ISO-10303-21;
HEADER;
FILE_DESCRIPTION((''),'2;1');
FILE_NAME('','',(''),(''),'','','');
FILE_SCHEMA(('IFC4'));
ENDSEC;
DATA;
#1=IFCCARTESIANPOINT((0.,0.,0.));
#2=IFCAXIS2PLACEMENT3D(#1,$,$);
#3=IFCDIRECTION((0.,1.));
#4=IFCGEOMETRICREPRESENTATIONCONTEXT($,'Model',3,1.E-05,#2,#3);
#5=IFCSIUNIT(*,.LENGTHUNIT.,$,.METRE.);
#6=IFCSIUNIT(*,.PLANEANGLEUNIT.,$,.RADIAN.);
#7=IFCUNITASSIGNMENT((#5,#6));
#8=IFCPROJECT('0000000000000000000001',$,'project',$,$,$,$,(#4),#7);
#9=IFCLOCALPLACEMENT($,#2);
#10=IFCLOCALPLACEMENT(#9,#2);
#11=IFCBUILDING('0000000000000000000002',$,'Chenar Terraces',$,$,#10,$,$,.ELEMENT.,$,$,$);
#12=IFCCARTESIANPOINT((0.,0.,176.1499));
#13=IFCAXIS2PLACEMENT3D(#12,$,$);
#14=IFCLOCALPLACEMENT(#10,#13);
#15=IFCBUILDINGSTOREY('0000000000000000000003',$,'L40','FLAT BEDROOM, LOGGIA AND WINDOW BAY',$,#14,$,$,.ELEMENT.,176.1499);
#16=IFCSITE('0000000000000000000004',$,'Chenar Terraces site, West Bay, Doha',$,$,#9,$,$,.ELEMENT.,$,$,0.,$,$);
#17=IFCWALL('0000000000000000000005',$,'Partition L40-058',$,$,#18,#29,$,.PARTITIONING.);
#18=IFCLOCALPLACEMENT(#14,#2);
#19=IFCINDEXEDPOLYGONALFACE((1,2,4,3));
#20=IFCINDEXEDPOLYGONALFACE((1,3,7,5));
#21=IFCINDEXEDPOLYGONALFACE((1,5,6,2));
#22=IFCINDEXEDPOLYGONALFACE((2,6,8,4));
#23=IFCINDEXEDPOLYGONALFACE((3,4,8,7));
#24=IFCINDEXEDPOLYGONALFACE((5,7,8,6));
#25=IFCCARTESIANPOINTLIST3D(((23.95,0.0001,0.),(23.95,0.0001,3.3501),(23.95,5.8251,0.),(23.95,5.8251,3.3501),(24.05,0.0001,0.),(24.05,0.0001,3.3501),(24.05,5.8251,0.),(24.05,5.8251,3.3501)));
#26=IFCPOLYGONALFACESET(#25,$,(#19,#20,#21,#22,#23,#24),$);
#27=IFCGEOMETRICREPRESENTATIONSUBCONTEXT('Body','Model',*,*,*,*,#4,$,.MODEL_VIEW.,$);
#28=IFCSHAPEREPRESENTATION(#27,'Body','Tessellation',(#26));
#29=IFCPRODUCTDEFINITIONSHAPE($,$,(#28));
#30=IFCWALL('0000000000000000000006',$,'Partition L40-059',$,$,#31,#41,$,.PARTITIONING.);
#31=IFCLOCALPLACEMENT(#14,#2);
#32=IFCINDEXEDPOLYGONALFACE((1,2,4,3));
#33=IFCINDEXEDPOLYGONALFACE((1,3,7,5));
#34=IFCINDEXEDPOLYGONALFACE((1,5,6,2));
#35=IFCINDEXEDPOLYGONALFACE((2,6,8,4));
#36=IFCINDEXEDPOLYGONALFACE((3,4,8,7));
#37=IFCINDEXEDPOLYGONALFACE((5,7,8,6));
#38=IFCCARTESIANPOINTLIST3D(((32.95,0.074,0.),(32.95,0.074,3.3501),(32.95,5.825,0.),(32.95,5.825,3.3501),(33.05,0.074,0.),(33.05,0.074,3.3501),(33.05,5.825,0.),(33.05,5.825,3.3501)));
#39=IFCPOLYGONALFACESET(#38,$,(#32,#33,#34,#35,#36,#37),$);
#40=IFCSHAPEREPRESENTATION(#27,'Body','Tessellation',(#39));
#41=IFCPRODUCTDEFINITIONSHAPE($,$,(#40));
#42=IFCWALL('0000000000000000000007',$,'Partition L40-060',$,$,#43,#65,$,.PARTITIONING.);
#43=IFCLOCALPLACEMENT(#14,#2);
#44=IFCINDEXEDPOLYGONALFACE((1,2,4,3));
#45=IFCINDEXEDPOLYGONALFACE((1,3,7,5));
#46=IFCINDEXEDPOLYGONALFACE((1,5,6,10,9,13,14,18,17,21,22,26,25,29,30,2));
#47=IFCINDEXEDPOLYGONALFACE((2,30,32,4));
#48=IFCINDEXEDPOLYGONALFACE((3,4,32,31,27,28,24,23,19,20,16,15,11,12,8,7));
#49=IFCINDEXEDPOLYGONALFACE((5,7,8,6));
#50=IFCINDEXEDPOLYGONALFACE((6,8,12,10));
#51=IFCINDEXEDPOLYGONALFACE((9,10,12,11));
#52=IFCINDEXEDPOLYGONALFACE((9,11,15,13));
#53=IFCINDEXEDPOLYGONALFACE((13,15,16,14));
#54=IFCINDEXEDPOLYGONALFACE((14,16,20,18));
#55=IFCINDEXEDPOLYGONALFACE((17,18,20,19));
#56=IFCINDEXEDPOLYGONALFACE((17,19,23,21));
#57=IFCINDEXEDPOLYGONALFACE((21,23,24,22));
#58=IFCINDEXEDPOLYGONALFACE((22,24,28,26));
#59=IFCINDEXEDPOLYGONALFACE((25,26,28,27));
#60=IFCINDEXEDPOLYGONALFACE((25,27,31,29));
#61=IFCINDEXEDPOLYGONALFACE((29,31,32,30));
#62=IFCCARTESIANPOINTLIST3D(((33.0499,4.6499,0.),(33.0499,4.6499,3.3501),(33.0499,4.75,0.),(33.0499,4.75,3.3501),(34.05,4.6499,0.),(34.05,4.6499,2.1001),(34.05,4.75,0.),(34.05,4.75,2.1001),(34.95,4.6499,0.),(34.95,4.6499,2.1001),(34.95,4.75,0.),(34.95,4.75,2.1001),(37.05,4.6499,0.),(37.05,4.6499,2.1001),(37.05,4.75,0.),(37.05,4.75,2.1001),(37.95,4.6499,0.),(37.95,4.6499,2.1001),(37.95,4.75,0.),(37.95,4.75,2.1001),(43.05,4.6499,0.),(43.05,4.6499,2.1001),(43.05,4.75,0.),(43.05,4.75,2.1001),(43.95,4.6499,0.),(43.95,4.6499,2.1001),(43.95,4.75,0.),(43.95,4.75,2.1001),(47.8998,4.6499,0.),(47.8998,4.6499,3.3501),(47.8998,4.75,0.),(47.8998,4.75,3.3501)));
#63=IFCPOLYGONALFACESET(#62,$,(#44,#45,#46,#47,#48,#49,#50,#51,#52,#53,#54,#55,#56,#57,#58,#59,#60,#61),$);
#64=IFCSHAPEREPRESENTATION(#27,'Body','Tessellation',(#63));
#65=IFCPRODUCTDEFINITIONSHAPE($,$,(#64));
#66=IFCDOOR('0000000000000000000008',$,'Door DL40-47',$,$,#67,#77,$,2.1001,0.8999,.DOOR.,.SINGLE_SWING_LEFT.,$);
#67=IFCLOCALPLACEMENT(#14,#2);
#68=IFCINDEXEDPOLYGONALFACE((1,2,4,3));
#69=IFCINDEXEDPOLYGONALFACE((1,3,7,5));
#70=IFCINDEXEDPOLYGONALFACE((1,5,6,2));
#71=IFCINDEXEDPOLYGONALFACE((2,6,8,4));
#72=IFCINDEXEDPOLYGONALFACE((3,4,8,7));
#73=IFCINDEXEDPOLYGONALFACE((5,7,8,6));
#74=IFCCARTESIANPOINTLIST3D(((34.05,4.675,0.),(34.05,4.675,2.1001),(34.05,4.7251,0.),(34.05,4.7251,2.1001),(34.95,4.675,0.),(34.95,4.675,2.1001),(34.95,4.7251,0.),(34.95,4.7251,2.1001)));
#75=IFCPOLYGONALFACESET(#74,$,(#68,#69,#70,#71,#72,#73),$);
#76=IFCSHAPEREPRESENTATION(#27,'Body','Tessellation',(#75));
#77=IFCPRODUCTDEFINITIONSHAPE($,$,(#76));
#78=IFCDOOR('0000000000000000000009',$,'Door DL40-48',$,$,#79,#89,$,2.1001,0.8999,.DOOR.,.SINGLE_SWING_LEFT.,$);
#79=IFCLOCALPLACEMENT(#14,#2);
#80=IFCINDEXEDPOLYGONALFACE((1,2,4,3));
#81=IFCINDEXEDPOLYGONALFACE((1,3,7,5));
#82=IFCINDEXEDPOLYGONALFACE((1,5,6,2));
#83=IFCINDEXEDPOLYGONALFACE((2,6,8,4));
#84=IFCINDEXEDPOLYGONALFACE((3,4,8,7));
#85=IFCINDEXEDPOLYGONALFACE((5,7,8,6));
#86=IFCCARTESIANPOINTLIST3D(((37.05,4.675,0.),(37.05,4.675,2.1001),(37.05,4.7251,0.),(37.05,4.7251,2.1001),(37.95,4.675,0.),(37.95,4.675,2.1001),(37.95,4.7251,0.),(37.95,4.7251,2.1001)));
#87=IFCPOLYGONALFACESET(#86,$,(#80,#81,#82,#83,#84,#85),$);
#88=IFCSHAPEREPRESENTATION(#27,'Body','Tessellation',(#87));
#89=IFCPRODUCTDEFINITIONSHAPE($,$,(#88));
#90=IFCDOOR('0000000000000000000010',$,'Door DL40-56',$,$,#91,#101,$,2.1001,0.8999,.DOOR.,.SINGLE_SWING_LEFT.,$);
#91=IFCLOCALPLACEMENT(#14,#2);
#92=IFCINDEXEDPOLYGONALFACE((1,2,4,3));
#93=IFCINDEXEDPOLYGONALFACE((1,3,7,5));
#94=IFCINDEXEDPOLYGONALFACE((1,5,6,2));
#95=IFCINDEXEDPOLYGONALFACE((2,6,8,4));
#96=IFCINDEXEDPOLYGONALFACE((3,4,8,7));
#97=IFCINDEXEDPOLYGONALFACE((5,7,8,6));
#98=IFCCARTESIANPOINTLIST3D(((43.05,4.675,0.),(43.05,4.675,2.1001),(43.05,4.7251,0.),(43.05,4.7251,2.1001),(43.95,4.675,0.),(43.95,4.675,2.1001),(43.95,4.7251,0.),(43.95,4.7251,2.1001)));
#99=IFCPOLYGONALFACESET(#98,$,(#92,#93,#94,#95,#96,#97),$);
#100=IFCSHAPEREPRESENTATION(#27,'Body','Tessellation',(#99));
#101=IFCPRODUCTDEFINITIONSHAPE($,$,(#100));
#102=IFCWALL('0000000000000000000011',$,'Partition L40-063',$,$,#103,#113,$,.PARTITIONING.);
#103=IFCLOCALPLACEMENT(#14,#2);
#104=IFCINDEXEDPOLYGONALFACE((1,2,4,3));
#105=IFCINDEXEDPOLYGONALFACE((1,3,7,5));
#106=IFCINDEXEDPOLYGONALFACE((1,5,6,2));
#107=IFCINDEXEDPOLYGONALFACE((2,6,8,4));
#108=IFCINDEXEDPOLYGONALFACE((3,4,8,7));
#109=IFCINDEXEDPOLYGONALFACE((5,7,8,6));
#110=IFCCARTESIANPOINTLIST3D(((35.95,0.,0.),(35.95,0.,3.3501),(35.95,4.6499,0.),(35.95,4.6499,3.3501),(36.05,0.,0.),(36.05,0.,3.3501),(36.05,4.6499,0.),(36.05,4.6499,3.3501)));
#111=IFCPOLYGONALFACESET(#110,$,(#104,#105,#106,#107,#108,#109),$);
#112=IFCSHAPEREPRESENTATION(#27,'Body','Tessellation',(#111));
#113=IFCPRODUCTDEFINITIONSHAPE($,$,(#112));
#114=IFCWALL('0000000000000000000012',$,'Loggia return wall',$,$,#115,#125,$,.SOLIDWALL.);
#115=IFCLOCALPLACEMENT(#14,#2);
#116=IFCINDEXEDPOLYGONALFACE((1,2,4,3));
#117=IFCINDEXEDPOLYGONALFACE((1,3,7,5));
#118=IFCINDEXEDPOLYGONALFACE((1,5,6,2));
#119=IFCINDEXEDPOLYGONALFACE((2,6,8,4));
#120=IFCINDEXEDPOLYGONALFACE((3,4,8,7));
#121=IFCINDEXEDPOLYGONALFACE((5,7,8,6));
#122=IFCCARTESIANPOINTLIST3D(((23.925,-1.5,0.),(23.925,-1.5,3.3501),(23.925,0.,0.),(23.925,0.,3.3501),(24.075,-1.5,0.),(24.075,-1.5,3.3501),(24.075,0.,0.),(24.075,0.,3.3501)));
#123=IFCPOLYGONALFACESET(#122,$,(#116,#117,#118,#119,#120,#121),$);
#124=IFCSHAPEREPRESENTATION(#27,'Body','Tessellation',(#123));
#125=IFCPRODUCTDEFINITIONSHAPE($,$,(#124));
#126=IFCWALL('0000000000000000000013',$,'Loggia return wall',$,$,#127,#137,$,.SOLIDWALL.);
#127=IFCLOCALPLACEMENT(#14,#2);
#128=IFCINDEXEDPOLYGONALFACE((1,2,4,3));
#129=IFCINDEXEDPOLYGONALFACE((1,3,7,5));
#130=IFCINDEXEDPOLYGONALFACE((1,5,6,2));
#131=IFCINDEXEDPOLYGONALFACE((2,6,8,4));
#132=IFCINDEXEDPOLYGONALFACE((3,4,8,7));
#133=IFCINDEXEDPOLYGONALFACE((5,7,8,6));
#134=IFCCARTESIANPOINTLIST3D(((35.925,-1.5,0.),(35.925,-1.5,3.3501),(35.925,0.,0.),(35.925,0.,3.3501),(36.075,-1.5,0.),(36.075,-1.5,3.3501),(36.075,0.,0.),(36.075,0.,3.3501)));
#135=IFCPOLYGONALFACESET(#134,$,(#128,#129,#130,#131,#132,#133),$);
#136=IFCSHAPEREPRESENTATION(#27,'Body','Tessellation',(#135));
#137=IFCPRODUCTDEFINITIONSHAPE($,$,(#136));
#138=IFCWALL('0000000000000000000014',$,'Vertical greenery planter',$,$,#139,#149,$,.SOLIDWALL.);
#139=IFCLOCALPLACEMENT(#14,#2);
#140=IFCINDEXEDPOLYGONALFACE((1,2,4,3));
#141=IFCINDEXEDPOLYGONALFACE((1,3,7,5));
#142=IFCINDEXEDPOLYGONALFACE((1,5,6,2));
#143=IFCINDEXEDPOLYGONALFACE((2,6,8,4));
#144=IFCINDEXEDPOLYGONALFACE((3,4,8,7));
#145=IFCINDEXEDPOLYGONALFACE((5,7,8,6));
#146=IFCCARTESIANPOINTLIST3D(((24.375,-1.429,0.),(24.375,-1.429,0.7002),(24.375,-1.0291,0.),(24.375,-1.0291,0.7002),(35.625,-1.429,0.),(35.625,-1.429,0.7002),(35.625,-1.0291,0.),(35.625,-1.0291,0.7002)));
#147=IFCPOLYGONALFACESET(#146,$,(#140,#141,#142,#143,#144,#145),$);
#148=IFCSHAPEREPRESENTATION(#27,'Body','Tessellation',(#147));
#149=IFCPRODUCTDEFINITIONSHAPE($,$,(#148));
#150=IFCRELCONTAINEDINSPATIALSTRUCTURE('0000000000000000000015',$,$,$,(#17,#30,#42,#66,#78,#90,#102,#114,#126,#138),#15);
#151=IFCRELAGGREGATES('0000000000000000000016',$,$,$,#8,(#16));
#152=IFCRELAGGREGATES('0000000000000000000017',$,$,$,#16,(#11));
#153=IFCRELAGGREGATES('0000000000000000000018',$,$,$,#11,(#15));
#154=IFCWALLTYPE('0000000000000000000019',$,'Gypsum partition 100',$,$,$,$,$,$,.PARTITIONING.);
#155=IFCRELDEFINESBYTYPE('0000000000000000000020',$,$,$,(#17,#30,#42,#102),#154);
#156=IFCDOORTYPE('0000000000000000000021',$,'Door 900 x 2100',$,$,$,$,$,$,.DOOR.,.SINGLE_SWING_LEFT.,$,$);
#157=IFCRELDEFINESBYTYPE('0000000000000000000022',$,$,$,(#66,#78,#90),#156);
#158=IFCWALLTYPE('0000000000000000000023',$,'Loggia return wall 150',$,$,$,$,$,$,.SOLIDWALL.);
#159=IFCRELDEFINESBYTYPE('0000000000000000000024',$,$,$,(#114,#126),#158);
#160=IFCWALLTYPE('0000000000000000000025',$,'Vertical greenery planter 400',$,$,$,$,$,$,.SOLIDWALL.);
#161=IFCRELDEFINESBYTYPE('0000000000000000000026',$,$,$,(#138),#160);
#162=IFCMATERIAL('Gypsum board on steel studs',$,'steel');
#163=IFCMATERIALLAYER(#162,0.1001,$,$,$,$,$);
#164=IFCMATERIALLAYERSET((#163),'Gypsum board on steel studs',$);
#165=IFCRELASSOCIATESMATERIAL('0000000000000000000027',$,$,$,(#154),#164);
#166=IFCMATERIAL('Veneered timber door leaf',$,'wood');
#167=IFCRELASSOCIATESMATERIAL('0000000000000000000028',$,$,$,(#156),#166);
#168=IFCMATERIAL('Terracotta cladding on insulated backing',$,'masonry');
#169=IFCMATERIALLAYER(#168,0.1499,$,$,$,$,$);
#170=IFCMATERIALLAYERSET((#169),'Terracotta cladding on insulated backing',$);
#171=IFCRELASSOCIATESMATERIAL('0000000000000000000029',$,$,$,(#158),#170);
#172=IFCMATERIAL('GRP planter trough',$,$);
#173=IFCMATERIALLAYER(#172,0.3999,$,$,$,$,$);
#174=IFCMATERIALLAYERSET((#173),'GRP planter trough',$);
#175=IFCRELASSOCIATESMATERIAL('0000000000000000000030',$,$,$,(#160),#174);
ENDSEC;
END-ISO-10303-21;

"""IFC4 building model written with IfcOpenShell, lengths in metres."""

from ifc_helpers import new_model, si_unit, direction, frame, frame_2d, origin, place, context, subcontext, project, spatial, rectangle, extrude, material, layer, layer_set, type_object, element, fill, save


model = new_model("IFC4")

# Units and contexts
model_context = context("Model", 3, precision=1e-05, world=origin(), true_north=direction((0.0, 1.0)))
body_context = subcontext(model_context, "Body", "Model", "MODEL_VIEW")
ifc_project = project(units=[si_unit("LENGTHUNIT", "METRE"), si_unit("PLANEANGLEUNIT", "RADIAN")], contexts=[model_context])

# Site, building, storey
site_placement = place(None, origin())
site = spatial("IfcSite", under=ifc_project, at=site_placement, Name="Chenar Terraces site, West Bay, Doha", CompositionType="ELEMENT", RefElevation=0.0)
building_placement = place(site_placement, origin())
building = spatial("IfcBuilding", under=site, at=building_placement, Name="Chenar Terraces", CompositionType="ELEMENT")
storey_placement = place(building_placement, frame((0.0, 0.0, 176.1499)))
storey = spatial("IfcBuildingStorey", under=building, at=storey_placement, Name="L40", Description="FLAT BEDROOM, LOGGIA AND WINDOW BAY", CompositionType="ELEMENT", Elevation=176.1499)

# Walls
ifc_material_1 = material(Name="Gypsum board on steel studs", Category="steel")
ifc_layer_1 = layer(ifc_material_1, 0.1001)
ifc_layer_set_1 = layer_set([ifc_layer_1], Name="Gypsum board on steel studs")
wall_type_1 = type_object("IfcWallType", Name="Gypsum partition 100", PredefinedType="PARTITIONING", material=ifc_layer_set_1)
wall_1_placement = place(storey_placement, frame((24.0, 0.0, 0.0), z_axis=(0.0, 0.0, 1.0), x_axis=(0.0, 1.0, 0.0)))
element("IfcWall", 1, at=wall_1_placement, inside=storey, type_object=wall_type_1, Name="Partition L40-058", PredefinedType="PARTITIONING", context=body_context, shape_type="SweptSolid", body=[
    extrude(rectangle(XDim=5.825, YDim=0.1001, at=frame_2d((2.9126, 0.0))), origin(), (0.0, 0.0, 1.0), 3.3501),
])
wall_2_placement = place(storey_placement, frame((33.0, 0.074, 0.0), z_axis=(0.0, 0.0, 1.0), x_axis=(0.0, 1.0, 0.0)))
element("IfcWall", 2, at=wall_2_placement, inside=storey, type_object=wall_type_1, Name="Partition L40-059", PredefinedType="PARTITIONING", context=body_context, shape_type="SweptSolid", body=[
    extrude(rectangle(XDim=5.751, YDim=0.1001, at=frame_2d((2.8755, 0.0))), origin(), (0.0, 0.0, 1.0), 3.3501),
])

# Wall, openings, doors
wall_3_placement = place(storey_placement, frame((33.05, 4.7, 0.0), z_axis=(0.0, 0.0, 1.0), x_axis=(1.0, 0.0, 0.0)))
wall_3 = element("IfcWall", 3, at=wall_3_placement, inside=storey, type_object=wall_type_1, Name="Partition L40-060", PredefinedType="PARTITIONING", context=body_context, shape_type="SweptSolid", body=[
    extrude(rectangle(XDim=14.8499, YDim=0.1001, at=frame_2d((7.4248, 0.0))), origin(), (0.0, 0.0, 1.0), 3.3501),
])
opening_1_placement = place(wall_3_placement, frame((1.0, 0.0, 0.0)))
opening_1 = element("IfcOpeningElement", 4, at=opening_1_placement, cuts=wall_3, PredefinedType="OPENING", context=body_context, shape_type="SweptSolid", body=[
    extrude(rectangle(XDim=0.8999, YDim=2.1001, at=frame_2d((0.45, 1.05))), frame((0.0, 0.0601, 0.0), z_axis=(0.0, -1.0, 0.0), x_axis=(1.0, 0.0, 0.0)), (0.0, 0.0, 1.0), 0.1201),
])
opening_2_placement = place(wall_3_placement, frame((4.0, 0.0, 0.0)))
opening_2 = element("IfcOpeningElement", 5, at=opening_2_placement, cuts=wall_3, PredefinedType="OPENING", context=body_context, shape_type="SweptSolid", body=[
    extrude(rectangle(XDim=0.8999, YDim=2.1001, at=frame_2d((0.45, 1.05))), frame((0.0, 0.0601, 0.0), z_axis=(0.0, -1.0, 0.0), x_axis=(1.0, 0.0, 0.0)), (0.0, 0.0, 1.0), 0.1201),
])
opening_3_placement = place(wall_3_placement, frame((10.0, 0.0, 0.0)))
opening_3 = element("IfcOpeningElement", 6, at=opening_3_placement, cuts=wall_3, PredefinedType="OPENING", context=body_context, shape_type="SweptSolid", body=[
    extrude(rectangle(XDim=0.8999, YDim=2.1001, at=frame_2d((0.45, 1.05))), frame((0.0, 0.0601, 0.0), z_axis=(0.0, -1.0, 0.0), x_axis=(1.0, 0.0, 0.0)), (0.0, 0.0, 1.0), 0.1201),
])
ifc_material_2 = material(Name="Veneered timber door leaf", Category="wood")
door_type_1 = type_object("IfcDoorType", Name="Door 900 x 2100", OperationType="SINGLE_SWING_LEFT", PredefinedType="DOOR", material=ifc_material_2)
door_1_placement = place(opening_1_placement, frame((0.8999, 0.0, 0.0), z_axis=(0.0, 0.0, 1.0), x_axis=(-1.0, 0.0, 0.0)))
door_1 = element("IfcDoor", 7, at=door_1_placement, inside=storey, type_object=door_type_1, Name="Door DL40-47", OperationType="SINGLE_SWING_LEFT", OverallHeight=2.1001, OverallWidth=0.8999, PredefinedType="DOOR", context=body_context, shape_type="SweptSolid", body=[
    extrude(rectangle(XDim=0.8999, YDim=2.1001, at=frame_2d((0.45, 1.05))), frame((0.0, 0.0249, 0.0), z_axis=(0.0, -1.0, 0.0), x_axis=(1.0, 0.0, 0.0)), (0.0, 0.0, 1.0), 0.05),
])
fill(opening_1, door_1)
door_2_placement = place(opening_2_placement, frame((0.8999, 0.0, 0.0), z_axis=(0.0, 0.0, 1.0), x_axis=(-1.0, 0.0, 0.0)))
door_2 = element("IfcDoor", 8, at=door_2_placement, inside=storey, type_object=door_type_1, Name="Door DL40-48", OperationType="SINGLE_SWING_LEFT", OverallHeight=2.1001, OverallWidth=0.8999, PredefinedType="DOOR", context=body_context, shape_type="SweptSolid", body=[
    extrude(rectangle(XDim=0.8999, YDim=2.1001, at=frame_2d((0.45, 1.05))), frame((0.0, 0.0249, 0.0), z_axis=(0.0, -1.0, 0.0), x_axis=(1.0, 0.0, 0.0)), (0.0, 0.0, 1.0), 0.05),
])
fill(opening_2, door_2)
door_3_placement = place(opening_3_placement, frame((0.8999, 0.0, 0.0), z_axis=(0.0, 0.0, 1.0), x_axis=(-1.0, 0.0, 0.0)))
door_3 = element("IfcDoor", 9, at=door_3_placement, inside=storey, type_object=door_type_1, Name="Door DL40-56", OperationType="SINGLE_SWING_LEFT", OverallHeight=2.1001, OverallWidth=0.8999, PredefinedType="DOOR", context=body_context, shape_type="SweptSolid", body=[
    extrude(rectangle(XDim=0.8999, YDim=2.1001, at=frame_2d((0.45, 1.05))), frame((0.0, 0.0249, 0.0), z_axis=(0.0, -1.0, 0.0), x_axis=(1.0, 0.0, 0.0)), (0.0, 0.0, 1.0), 0.05),
])
fill(opening_3, door_3)

# Walls
wall_4_placement = place(storey_placement, frame((36.0, 0.0, 0.0), z_axis=(0.0, 0.0, 1.0), x_axis=(0.0, 1.0, 0.0)))
element("IfcWall", 10, at=wall_4_placement, inside=storey, type_object=wall_type_1, Name="Partition L40-063", PredefinedType="PARTITIONING", context=body_context, shape_type="SweptSolid", body=[
    extrude(rectangle(XDim=4.6499, YDim=0.1001, at=frame_2d((2.325, 0.0))), origin(), (0.0, 0.0, 1.0), 3.3501),
])
ifc_material_3 = material(Name="Terracotta cladding on insulated backing", Category="masonry")
ifc_layer_2 = layer(ifc_material_3, 0.1499)
ifc_layer_set_2 = layer_set([ifc_layer_2], Name="Terracotta cladding on insulated backing")
wall_type_2 = type_object("IfcWallType", Name="Loggia return wall 150", PredefinedType="SOLIDWALL", material=ifc_layer_set_2)
for number, where, z_axis, x_axis, name in (
    (11, (24.0, -1.5, 0.0), (0.0, 0.0, 1.0), (0.0, 1.0, 0.0), "Loggia return wall"),
    (12, (36.0, -1.5, 0.0), (0.0, 0.0, 1.0), (0.0, 1.0, 0.0), "Loggia return wall"),
):
    element("IfcWall", number, at=place(storey_placement, frame(where, z_axis=z_axis, x_axis=x_axis)), inside=storey, type_object=wall_type_2, Name=name, PredefinedType="SOLIDWALL", context=body_context, shape_type="SweptSolid", body=[
        extrude(rectangle(XDim=1.5, YDim=0.1499, at=frame_2d((0.75, 0.0))), origin(), (0.0, 0.0, 1.0), 3.3501),
    ])
ifc_material_4 = material(Name="GRP planter trough")
ifc_layer_3 = layer(ifc_material_4, 0.3999)
ifc_layer_set_3 = layer_set([ifc_layer_3], Name="GRP planter trough")
wall_type_3 = type_object("IfcWallType", Name="Vertical greenery planter 400", PredefinedType="SOLIDWALL", material=ifc_layer_set_3)
wall_5_placement = place(storey_placement, frame((24.375, -1.229, 0.0), z_axis=(0.0, 0.0, 1.0), x_axis=(1.0, 0.0, 0.0)))
element("IfcWall", 13, at=wall_5_placement, inside=storey, type_object=wall_type_3, Name="Vertical greenery planter", PredefinedType="SOLIDWALL", context=body_context, shape_type="SweptSolid", body=[
    extrude(rectangle(XDim=11.25, YDim=0.3999, at=frame_2d((5.625, 0.0))), origin(), (0.0, 0.0, 1.0), 0.7002),
])

save(model, "model.ifc")
